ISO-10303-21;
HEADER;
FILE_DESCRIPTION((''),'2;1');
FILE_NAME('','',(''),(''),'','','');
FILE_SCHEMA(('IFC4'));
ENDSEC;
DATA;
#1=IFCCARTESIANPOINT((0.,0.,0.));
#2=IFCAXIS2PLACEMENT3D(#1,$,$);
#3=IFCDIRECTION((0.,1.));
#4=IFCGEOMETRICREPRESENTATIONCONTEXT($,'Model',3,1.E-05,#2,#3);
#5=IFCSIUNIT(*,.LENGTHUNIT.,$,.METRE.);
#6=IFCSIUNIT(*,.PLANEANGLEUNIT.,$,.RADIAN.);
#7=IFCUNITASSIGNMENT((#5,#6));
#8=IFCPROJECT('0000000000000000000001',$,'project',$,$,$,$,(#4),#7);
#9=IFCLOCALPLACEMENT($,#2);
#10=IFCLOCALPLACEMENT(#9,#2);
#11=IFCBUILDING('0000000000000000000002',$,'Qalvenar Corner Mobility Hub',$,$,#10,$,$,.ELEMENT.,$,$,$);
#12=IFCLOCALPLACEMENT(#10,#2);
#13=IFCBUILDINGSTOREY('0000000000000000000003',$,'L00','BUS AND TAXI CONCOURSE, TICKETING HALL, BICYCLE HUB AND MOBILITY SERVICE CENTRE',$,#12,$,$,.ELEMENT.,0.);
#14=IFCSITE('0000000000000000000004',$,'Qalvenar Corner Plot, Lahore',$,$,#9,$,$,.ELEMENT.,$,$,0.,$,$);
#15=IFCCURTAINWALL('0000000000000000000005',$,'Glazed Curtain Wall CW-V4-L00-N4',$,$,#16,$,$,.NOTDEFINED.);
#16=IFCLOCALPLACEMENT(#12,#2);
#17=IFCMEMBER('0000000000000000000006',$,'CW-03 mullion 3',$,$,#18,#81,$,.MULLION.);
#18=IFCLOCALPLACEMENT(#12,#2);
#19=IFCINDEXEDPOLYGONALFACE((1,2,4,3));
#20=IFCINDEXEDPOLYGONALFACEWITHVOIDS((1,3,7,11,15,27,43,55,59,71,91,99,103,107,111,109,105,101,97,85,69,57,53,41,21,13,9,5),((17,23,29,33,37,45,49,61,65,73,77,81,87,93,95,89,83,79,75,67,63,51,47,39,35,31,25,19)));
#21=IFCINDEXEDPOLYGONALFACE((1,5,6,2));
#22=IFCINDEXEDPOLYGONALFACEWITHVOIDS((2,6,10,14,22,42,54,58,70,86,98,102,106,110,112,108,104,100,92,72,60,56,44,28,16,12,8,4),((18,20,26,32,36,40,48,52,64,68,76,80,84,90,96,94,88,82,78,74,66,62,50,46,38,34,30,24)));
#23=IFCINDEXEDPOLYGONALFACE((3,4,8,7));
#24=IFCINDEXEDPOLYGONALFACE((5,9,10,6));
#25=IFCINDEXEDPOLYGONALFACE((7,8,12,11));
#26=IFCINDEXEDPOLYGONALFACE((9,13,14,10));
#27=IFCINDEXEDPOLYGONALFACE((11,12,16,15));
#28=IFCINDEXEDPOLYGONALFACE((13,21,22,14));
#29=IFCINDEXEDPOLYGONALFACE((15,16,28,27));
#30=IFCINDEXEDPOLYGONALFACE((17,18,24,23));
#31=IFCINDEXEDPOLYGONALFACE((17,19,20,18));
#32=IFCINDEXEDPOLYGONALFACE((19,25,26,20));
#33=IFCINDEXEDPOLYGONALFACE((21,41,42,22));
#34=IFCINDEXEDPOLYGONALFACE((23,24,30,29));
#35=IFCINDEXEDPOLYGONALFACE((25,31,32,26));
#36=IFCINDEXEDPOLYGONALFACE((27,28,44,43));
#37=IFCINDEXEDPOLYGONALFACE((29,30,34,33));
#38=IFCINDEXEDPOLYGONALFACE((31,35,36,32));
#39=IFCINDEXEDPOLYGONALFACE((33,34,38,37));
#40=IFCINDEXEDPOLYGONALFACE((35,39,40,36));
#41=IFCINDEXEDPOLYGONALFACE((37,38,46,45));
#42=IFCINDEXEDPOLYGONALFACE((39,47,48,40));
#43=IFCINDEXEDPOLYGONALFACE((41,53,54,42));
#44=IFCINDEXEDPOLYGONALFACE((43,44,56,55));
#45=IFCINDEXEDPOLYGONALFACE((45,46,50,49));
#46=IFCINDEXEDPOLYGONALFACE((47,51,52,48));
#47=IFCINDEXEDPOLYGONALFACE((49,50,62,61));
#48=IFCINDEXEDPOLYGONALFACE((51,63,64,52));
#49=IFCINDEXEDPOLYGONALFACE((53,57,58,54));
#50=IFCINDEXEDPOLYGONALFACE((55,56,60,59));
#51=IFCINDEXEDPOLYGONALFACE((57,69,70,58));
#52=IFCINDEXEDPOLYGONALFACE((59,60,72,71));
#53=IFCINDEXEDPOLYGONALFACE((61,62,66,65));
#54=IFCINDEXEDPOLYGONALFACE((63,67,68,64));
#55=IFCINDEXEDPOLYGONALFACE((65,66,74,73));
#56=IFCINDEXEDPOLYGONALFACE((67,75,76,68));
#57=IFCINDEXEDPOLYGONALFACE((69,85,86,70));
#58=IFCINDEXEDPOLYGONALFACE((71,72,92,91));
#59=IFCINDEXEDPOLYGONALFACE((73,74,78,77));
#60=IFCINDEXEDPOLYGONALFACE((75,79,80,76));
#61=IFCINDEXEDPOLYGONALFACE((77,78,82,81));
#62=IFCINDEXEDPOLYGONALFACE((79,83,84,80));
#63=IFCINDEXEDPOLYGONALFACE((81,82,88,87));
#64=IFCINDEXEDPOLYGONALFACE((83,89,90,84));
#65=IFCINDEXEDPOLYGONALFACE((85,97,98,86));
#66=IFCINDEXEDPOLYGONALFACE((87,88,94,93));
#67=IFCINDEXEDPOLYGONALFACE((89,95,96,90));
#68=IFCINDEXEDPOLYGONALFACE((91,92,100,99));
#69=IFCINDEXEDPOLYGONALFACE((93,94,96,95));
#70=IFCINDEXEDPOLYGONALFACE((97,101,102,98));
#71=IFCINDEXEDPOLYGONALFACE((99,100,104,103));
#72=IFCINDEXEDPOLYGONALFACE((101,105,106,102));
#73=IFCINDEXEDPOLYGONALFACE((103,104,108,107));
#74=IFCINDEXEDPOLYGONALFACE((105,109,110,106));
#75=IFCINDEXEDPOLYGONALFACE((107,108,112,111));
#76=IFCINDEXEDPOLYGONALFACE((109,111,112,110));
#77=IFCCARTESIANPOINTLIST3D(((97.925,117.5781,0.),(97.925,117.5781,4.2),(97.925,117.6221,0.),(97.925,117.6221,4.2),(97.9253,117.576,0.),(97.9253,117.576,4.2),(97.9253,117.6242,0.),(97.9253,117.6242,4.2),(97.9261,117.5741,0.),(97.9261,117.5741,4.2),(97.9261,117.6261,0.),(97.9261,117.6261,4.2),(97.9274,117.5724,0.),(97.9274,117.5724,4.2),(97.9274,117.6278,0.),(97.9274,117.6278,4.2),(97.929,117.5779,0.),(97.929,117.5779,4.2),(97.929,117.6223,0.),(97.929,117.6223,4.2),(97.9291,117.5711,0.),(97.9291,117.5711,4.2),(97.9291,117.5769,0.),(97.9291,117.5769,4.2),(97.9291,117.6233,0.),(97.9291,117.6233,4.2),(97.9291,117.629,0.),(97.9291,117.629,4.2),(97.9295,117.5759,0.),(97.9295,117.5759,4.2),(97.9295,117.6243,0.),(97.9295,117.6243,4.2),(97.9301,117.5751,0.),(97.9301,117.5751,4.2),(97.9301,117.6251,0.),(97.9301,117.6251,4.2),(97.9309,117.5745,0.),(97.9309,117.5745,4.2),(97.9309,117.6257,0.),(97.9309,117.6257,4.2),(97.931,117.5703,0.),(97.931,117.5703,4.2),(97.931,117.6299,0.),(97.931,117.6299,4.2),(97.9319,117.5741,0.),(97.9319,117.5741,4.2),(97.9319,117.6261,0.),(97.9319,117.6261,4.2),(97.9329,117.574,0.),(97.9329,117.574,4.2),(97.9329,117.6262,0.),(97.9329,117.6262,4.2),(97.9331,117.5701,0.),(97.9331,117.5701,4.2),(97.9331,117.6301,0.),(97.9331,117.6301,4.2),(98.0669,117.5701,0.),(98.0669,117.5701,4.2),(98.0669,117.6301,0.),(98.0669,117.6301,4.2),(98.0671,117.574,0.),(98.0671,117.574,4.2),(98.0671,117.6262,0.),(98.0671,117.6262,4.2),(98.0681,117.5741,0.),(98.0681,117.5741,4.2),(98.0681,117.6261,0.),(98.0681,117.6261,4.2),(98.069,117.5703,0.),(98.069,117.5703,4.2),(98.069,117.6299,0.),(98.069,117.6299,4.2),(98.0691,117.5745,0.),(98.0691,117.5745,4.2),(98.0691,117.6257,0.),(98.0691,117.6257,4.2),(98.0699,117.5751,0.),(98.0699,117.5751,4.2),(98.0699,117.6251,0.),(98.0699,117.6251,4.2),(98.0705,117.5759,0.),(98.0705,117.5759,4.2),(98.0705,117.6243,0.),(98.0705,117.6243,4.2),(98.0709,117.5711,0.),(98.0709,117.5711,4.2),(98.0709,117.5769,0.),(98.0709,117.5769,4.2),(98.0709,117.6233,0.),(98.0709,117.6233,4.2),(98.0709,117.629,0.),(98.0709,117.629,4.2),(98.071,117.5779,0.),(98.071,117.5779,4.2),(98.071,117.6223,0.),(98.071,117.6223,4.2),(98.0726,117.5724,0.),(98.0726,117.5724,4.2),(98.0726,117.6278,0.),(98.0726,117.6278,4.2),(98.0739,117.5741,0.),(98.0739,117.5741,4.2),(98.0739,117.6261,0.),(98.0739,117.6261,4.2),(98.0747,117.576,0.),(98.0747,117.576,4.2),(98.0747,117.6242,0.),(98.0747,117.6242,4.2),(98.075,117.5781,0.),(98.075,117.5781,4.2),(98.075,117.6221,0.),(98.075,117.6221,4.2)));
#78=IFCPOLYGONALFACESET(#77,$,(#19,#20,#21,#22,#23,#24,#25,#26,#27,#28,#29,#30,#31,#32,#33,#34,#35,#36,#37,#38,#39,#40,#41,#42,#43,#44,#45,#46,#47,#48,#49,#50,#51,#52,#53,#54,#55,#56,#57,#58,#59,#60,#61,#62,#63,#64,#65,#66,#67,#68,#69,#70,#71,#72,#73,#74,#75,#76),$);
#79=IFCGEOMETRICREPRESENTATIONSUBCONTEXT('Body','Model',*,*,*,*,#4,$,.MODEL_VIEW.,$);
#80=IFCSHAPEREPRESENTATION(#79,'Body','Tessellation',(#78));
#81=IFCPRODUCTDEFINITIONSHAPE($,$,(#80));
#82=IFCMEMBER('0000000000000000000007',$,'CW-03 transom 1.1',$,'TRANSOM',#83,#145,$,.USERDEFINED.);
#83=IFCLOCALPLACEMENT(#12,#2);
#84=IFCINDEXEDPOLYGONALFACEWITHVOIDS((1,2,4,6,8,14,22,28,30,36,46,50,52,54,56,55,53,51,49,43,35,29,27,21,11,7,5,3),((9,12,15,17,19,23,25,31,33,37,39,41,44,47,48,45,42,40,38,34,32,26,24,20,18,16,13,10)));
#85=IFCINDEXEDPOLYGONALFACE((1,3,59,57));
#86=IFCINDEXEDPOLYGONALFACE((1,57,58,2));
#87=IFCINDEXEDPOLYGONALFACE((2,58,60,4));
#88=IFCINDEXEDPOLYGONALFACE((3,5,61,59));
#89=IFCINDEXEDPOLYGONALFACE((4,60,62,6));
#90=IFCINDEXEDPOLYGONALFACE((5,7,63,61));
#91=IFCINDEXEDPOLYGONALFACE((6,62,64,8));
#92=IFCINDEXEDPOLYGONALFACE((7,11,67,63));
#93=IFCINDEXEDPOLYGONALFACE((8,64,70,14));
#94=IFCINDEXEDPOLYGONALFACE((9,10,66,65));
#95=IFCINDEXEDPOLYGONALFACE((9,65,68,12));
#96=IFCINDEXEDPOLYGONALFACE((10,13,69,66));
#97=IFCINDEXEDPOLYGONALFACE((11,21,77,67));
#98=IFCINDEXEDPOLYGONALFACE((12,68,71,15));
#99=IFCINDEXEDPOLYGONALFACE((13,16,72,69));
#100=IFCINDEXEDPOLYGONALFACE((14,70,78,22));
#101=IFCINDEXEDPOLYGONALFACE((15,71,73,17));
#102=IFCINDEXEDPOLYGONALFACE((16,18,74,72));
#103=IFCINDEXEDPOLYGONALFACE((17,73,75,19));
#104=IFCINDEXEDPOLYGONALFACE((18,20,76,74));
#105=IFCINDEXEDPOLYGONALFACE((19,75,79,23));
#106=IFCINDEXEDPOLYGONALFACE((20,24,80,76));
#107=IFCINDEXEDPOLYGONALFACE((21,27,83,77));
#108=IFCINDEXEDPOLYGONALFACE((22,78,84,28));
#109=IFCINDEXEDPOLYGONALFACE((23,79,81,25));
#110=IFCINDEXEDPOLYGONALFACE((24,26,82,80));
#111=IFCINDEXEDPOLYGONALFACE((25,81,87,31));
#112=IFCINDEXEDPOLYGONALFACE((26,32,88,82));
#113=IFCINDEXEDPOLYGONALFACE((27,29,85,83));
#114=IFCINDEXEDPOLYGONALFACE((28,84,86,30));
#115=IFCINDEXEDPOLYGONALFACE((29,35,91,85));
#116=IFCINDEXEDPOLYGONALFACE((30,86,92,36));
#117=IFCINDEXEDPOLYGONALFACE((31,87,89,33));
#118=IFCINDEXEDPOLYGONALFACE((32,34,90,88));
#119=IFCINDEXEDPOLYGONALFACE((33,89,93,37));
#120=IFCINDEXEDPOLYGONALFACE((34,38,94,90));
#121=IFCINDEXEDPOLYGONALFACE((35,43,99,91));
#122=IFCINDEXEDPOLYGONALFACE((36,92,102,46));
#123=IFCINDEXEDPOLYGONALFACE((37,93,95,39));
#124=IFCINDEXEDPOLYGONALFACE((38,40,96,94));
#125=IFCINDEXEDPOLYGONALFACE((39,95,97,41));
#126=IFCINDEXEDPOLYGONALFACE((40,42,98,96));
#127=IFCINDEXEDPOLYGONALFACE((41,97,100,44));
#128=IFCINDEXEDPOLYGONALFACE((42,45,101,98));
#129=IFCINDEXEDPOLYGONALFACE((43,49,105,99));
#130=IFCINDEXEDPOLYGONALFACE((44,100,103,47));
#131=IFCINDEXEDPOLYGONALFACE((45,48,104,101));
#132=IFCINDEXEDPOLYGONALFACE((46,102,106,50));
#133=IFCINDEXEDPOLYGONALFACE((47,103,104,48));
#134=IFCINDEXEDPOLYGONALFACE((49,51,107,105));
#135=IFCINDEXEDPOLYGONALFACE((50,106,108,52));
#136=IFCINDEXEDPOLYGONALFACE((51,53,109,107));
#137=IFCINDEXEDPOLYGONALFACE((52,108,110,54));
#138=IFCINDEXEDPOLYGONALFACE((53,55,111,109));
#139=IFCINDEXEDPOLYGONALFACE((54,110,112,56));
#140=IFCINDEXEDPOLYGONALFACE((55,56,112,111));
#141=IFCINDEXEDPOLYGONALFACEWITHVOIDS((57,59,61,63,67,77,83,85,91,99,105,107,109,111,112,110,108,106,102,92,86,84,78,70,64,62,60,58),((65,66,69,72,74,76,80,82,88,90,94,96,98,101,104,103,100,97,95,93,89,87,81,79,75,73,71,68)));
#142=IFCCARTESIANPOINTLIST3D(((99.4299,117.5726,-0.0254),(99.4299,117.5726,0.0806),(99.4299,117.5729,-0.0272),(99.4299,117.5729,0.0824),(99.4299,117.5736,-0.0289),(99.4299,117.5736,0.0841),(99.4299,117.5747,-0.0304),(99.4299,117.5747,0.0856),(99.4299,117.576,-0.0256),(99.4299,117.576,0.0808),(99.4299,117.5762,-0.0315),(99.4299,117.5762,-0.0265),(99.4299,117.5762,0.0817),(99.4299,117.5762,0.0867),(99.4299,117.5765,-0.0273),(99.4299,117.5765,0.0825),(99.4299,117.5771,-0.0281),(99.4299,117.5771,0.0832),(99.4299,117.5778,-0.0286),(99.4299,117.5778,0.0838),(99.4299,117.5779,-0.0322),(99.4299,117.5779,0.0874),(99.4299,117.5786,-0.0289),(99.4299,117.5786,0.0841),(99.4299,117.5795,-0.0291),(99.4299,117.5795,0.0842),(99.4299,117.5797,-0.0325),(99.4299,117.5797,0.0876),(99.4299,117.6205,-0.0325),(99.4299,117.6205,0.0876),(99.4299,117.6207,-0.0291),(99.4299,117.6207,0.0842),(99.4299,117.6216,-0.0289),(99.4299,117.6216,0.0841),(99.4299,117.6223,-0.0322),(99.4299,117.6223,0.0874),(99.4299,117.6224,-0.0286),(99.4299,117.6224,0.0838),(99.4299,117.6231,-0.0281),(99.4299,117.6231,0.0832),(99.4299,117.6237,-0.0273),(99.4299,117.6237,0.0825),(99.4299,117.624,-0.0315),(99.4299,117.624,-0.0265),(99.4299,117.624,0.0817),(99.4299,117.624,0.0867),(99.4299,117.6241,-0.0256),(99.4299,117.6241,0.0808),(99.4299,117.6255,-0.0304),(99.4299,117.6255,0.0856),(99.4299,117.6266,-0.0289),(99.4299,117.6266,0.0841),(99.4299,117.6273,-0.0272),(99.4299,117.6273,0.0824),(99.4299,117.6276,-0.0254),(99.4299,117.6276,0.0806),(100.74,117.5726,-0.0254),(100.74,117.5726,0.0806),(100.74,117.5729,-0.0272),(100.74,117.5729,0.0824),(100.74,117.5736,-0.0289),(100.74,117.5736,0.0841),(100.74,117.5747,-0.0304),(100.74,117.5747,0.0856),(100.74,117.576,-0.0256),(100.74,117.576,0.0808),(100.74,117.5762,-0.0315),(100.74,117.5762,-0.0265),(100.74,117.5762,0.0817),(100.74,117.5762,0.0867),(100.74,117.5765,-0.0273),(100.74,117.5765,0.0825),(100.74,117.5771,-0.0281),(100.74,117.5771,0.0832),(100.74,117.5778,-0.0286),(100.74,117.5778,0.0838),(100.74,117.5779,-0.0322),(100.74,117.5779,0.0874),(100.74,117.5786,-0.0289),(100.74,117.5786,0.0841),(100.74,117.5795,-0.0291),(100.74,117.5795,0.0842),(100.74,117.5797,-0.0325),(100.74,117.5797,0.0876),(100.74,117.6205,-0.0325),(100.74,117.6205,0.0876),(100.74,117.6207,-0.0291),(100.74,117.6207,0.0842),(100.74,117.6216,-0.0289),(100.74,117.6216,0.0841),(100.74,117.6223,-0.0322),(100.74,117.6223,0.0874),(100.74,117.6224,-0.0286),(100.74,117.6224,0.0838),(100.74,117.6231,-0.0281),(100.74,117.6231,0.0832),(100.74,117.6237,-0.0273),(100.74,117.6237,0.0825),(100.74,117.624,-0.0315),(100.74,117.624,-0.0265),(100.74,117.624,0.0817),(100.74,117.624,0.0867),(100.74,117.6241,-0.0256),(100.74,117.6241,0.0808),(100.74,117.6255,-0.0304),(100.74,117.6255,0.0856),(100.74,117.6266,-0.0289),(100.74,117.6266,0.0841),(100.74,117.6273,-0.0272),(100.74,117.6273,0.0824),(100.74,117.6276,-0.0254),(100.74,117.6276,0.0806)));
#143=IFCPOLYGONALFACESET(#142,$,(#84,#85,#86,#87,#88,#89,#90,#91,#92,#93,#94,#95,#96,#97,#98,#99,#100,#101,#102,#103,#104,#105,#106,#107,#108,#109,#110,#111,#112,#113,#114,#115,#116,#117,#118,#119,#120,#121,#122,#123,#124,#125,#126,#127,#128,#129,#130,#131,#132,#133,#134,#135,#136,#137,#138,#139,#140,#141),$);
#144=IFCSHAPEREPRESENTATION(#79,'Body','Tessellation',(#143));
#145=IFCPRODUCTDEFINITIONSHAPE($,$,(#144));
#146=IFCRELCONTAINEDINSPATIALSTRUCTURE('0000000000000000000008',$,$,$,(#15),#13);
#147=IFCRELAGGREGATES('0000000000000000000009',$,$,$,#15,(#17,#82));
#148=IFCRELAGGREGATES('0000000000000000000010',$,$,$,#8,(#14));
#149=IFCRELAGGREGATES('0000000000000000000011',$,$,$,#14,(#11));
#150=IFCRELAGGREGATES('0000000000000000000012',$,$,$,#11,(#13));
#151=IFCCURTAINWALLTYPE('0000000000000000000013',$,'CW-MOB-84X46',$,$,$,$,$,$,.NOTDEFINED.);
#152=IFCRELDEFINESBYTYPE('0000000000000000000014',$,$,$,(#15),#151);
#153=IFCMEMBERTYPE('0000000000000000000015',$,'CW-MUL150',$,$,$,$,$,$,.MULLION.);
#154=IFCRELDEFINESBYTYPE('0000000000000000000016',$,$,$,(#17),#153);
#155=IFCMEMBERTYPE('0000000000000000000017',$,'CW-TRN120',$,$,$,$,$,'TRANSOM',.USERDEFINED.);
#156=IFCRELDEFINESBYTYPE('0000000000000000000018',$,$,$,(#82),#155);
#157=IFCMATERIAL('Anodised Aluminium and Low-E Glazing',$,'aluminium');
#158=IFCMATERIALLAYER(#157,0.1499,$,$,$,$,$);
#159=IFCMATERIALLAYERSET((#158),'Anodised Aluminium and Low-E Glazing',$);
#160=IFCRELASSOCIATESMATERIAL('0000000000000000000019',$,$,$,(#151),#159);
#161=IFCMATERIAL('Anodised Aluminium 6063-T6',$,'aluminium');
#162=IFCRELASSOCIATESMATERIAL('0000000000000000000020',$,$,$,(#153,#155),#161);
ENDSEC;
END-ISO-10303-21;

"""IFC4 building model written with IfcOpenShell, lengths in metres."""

from ifc_helpers import new_model, si_unit, direction, frame, origin, origin_2d, place, context, subcontext, project, spatial, hollow_rectangle, extrude, material, layer, layer_set, material_profile, profile_set, type_object, element, aggregate, save


model = new_model("IFC4")

# Units and contexts
model_context = context("Model", 3, precision=1e-05, world=origin(), true_north=direction((0.0, 1.0)))
body_context = subcontext(model_context, "Body", "Model", "MODEL_VIEW")
ifc_project = project(units=[si_unit("LENGTHUNIT", "METRE"), si_unit("PLANEANGLEUNIT", "RADIAN")], contexts=[model_context])

# Site, building, storey
site_placement = place(None, origin())
site = spatial("IfcSite", under=ifc_project, at=site_placement, Name="Qalvenar Corner Plot, Lahore", CompositionType="ELEMENT", RefElevation=0.0)
building_placement = place(site_placement, origin())
building = spatial("IfcBuilding", under=site, at=building_placement, Name="Qalvenar Corner Mobility Hub", CompositionType="ELEMENT")
storey_placement = place(building_placement, origin())
storey = spatial("IfcBuildingStorey", under=building, at=storey_placement, Name="L00", Description="BUS AND TAXI CONCOURSE, TICKETING HALL, BICYCLE HUB AND MOBILITY SERVICE CENTRE", CompositionType="ELEMENT", Elevation=0.0)

# Curtain wall, members
ifc_material_1 = material(Name="Anodised Aluminium and Low-E Glazing", Category="aluminium")
ifc_layer_1 = layer(ifc_material_1, 0.1499)
ifc_layer_set_1 = layer_set([ifc_layer_1], Name="Anodised Aluminium and Low-E Glazing")
curtain_wall_type = type_object("IfcCurtainWallType", Name="CW-MOB-84X46", PredefinedType="NOTDEFINED", material=ifc_layer_set_1)
curtain_wall_placement = place(storey_placement, origin())
curtain_wall = element("IfcCurtainWall", 1, at=curtain_wall_placement, inside=storey, type_object=curtain_wall_type, Name="Glazed Curtain Wall CW-V4-L00-N4", PredefinedType="NOTDEFINED")
ifc_material_2 = material(Name="Anodised Aluminium 6063-T6", Category="aluminium")
ifc_material_profile_1 = material_profile(ifc_material_2, hollow_rectangle(XDim=0.0601, YDim=0.1499, WallThickness=0.0039, InnerFilletRadius=0.0039, OuterFilletRadius=0.0081, at=origin_2d()), Name="RHS150x60x4")
ifc_profile_set_1 = profile_set([ifc_material_profile_1], Name="Anodised Aluminium 6063-T6")
member_type_1 = type_object("IfcMemberType", Name="CW-MUL150", PredefinedType="MULLION", material=ifc_profile_set_1)
member_1_placement = place(storey_placement, frame((98.0, 117.6001, 0.0), z_axis=(0.0, 0.0, 1.0), x_axis=(0.0, -1.0, 0.0)))
member_1 = element("IfcMember", 2, at=member_1_placement, type_object=member_type_1, Name="CW-03 mullion 3", PredefinedType="MULLION", context=body_context, shape_type="SweptSolid", body=[
    extrude(hollow_rectangle(XDim=0.0601, YDim=0.1499, WallThickness=0.0039, InnerFilletRadius=0.0039, OuterFilletRadius=0.0081, at=origin_2d()), origin(), (0.0, 0.0, 1.0), 4.2),
])
ifc_material_profile_2 = material_profile(ifc_material_2, hollow_rectangle(XDim=0.0549, YDim=0.1201, WallThickness=0.0034, InnerFilletRadius=0.0034, OuterFilletRadius=0.0071, at=origin_2d()), Name="RHS120x55x3.5")
ifc_profile_set_2 = profile_set([ifc_material_profile_2], Name="Anodised Aluminium 6063-T6")
member_type_2 = type_object("IfcMemberType", Name="CW-TRN120", ElementType="TRANSOM", PredefinedType="USERDEFINED", material=ifc_profile_set_2)
member_2_placement = place(storey_placement, frame((100.74, 117.6001, 0.0276), z_axis=(-1.0, 0.0, 0.0), x_axis=(0.0, -1.0, 0.0)))
member_2 = element("IfcMember", 3, at=member_2_placement, type_object=member_type_2, Name="CW-03 transom 1.1", ObjectType="TRANSOM", PredefinedType="USERDEFINED", context=body_context, shape_type="SweptSolid", body=[
    extrude(hollow_rectangle(XDim=0.0549, YDim=0.1201, WallThickness=0.0034, InnerFilletRadius=0.0034, OuterFilletRadius=0.0071, at=origin_2d()), origin(), (0.0, 0.0, 1.0), 1.3101),
])
aggregate(curtain_wall, [member_1, member_2])

save(model, "model.ifc")
